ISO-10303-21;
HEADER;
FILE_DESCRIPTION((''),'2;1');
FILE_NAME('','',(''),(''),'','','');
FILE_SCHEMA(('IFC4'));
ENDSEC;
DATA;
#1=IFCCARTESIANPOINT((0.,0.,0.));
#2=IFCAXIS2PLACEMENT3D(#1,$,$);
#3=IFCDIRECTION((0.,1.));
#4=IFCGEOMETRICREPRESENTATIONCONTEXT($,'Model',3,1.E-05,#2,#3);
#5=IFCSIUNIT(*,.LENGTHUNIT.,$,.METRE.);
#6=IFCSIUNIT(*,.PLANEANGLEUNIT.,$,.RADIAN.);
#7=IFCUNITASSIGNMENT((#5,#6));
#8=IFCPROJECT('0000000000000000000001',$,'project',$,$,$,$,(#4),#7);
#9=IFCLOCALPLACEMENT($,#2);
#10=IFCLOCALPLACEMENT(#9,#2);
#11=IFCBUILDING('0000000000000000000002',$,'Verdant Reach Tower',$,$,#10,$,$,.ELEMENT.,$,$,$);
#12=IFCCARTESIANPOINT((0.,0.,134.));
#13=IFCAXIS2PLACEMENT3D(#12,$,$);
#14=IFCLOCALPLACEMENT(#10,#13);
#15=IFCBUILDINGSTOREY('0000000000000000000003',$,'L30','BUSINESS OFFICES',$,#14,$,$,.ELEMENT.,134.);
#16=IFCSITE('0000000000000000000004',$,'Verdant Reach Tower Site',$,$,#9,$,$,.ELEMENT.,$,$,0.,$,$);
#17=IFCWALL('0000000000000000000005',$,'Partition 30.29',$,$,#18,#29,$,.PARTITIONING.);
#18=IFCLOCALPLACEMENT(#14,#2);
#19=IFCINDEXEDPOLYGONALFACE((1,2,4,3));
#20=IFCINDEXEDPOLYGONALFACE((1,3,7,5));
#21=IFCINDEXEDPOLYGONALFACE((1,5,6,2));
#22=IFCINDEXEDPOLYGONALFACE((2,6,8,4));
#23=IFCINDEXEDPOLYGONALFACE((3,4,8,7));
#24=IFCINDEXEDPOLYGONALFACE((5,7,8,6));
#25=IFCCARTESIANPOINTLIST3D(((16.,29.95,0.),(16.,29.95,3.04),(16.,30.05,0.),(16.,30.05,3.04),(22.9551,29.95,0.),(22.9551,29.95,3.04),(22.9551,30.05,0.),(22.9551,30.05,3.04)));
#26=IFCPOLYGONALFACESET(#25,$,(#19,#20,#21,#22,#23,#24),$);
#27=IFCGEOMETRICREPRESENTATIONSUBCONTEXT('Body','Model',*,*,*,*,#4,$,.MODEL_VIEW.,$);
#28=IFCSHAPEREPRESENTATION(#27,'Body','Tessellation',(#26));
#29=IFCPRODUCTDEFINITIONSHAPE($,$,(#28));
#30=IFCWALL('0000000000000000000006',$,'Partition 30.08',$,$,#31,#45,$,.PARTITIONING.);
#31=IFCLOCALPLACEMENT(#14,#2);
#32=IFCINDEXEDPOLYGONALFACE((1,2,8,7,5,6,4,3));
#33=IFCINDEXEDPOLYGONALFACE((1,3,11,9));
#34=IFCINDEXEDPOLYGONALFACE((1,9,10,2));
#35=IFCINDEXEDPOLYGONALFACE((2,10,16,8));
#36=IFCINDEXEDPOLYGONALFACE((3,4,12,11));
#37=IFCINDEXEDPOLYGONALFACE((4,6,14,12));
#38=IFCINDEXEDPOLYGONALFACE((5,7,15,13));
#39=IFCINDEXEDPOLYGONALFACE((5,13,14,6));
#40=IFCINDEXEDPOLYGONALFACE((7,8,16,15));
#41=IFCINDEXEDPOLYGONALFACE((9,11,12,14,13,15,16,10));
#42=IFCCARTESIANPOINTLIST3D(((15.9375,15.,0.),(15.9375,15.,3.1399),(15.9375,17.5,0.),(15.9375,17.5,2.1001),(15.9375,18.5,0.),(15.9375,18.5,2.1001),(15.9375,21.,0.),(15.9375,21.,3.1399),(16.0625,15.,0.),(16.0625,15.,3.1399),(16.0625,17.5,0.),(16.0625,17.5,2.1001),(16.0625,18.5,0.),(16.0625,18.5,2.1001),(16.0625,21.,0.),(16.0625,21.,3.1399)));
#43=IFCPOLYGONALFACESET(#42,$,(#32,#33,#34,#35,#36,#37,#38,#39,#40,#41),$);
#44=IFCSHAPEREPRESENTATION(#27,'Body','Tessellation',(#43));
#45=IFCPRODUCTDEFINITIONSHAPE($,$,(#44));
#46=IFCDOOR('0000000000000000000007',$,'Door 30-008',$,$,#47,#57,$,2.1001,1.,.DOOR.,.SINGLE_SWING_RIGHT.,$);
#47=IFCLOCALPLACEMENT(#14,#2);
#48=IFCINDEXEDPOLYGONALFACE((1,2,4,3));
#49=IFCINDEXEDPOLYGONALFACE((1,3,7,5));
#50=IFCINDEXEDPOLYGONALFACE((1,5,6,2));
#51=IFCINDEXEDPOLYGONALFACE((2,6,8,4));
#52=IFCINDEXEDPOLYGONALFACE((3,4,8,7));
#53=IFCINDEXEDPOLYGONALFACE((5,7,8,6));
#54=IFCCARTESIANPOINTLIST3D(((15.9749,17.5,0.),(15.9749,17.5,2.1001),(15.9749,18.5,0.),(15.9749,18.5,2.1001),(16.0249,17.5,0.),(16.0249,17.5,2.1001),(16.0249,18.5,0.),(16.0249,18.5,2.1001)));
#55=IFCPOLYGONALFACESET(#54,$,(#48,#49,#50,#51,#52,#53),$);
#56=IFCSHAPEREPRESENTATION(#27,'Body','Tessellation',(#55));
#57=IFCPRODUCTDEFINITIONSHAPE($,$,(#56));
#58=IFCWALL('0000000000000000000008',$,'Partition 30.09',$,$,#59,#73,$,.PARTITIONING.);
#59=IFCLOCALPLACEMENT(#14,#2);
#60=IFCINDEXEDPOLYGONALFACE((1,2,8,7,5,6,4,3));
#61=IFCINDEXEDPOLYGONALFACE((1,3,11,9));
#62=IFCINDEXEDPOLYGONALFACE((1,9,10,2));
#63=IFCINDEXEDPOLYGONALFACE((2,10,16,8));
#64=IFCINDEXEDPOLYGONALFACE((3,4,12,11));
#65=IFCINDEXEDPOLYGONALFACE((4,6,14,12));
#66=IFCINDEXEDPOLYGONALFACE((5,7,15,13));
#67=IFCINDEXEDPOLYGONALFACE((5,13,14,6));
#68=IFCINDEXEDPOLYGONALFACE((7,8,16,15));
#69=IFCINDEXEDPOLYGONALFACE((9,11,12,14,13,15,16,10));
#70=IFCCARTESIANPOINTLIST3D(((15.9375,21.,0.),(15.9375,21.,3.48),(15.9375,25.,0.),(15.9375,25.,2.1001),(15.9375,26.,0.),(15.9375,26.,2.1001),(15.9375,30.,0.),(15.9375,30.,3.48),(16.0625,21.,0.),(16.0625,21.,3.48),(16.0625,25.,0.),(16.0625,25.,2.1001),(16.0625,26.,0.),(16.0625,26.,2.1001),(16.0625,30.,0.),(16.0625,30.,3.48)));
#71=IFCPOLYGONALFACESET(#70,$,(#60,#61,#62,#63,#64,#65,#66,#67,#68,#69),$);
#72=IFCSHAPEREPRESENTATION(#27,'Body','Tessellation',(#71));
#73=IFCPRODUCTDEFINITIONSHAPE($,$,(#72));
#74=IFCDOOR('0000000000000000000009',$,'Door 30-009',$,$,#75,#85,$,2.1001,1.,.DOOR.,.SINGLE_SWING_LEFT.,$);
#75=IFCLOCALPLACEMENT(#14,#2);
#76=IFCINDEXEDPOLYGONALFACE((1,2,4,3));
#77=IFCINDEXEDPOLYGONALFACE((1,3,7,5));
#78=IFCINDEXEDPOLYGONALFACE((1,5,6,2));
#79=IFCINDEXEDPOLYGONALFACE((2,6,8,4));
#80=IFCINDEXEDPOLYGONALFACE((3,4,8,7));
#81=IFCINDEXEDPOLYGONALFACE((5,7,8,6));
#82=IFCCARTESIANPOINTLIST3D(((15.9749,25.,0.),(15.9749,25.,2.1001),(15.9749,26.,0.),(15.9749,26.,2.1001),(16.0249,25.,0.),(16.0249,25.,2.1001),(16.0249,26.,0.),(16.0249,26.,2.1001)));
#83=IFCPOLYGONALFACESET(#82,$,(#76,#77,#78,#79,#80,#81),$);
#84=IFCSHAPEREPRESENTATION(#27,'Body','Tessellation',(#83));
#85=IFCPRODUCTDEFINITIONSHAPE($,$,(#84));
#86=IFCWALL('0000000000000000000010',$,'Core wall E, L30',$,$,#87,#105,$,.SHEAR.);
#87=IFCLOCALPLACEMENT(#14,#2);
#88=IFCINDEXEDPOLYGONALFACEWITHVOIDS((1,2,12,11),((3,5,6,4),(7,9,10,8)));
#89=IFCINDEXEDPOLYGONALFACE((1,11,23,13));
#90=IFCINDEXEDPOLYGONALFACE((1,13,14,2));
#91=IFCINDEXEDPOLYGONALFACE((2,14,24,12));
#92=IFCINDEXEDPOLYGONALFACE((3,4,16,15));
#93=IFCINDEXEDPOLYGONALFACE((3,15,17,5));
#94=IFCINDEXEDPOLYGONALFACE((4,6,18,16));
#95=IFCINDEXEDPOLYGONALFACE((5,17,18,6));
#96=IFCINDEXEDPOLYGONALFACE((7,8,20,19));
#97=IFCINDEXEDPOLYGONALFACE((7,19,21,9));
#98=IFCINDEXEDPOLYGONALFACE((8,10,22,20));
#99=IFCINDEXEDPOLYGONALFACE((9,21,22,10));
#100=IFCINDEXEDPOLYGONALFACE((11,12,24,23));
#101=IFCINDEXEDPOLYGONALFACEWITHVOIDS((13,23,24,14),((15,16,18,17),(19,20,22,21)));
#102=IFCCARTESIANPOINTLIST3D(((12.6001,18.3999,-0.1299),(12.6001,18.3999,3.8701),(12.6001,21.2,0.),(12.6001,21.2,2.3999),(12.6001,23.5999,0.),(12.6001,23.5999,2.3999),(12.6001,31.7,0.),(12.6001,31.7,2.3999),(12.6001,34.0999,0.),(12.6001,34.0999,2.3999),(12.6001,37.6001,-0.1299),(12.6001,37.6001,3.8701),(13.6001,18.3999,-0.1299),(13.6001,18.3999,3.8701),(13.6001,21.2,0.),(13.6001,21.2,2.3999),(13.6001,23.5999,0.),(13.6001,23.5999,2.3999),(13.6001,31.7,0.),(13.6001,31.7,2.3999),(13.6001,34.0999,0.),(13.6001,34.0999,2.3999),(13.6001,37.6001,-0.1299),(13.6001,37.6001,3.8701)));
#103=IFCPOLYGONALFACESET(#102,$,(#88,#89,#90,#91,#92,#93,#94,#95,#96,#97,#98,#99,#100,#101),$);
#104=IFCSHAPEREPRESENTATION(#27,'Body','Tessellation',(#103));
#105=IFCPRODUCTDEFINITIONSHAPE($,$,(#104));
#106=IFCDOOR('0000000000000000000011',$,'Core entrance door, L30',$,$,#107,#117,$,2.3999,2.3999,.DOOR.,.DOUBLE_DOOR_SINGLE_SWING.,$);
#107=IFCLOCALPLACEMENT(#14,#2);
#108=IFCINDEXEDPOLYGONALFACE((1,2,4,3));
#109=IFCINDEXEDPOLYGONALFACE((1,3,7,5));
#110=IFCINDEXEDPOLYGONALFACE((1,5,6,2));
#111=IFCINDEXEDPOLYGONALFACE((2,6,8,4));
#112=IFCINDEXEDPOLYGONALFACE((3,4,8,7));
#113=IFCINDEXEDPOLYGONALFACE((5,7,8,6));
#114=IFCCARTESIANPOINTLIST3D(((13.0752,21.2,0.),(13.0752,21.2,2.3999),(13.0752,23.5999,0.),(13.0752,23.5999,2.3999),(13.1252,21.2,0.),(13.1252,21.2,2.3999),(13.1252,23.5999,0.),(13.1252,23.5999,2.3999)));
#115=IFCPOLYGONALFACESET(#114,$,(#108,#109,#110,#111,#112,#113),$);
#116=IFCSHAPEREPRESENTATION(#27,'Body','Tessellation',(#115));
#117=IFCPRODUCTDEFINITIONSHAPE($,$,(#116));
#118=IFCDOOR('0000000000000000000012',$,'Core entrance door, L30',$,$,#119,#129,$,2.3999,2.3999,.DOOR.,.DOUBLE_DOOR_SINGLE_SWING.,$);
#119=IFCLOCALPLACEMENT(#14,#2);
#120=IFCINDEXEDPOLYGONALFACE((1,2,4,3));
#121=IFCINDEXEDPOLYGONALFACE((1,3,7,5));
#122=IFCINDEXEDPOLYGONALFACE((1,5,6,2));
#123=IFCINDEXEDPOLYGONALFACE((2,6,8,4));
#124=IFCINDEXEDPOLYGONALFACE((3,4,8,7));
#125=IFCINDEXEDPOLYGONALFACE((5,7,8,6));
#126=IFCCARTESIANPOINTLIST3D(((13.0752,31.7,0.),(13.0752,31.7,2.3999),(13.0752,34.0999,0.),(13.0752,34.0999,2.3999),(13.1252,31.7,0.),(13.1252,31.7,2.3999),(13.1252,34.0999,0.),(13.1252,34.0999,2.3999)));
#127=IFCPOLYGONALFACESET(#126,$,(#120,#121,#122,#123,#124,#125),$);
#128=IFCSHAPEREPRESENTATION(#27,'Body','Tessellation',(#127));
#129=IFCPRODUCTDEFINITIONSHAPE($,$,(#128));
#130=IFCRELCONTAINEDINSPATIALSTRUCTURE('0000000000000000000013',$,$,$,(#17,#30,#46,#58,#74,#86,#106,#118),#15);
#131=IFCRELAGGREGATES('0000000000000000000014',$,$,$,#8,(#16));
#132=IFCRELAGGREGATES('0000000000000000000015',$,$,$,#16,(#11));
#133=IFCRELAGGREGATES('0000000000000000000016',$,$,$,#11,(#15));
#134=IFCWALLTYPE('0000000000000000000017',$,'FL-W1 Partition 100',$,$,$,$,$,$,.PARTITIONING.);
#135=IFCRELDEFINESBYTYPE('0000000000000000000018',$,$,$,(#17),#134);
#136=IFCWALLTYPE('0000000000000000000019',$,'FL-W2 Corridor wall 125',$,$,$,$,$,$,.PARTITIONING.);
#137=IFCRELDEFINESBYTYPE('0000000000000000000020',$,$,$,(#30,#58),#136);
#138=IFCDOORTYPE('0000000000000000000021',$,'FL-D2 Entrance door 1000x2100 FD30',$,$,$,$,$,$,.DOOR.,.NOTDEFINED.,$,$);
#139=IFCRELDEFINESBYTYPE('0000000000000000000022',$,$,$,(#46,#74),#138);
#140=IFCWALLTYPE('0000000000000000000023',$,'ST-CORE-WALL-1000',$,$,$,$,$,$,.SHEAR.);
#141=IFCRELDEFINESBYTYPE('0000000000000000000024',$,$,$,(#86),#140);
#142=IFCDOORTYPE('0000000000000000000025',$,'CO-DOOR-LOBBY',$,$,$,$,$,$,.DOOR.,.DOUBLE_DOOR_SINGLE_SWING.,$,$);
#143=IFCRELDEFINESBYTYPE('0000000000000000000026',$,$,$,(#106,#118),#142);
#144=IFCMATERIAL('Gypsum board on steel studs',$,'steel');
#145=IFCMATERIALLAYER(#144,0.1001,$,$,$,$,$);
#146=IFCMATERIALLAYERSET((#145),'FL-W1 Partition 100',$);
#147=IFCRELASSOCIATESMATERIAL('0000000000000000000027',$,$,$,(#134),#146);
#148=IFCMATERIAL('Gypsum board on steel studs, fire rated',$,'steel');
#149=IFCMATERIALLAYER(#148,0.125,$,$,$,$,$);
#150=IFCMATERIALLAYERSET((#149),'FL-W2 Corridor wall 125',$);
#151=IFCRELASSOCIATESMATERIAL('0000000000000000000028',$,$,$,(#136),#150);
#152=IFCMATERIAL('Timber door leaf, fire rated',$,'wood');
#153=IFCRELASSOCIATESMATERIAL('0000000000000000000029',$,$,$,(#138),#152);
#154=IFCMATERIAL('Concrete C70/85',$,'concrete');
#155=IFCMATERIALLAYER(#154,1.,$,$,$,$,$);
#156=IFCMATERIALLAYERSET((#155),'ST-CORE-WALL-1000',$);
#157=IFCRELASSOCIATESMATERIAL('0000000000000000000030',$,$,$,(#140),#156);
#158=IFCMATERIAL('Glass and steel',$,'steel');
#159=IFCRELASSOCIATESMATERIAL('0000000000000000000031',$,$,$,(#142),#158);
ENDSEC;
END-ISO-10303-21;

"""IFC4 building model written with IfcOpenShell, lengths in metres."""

from ifc_helpers import new_model, si_unit, direction, frame, frame_2d, origin, place, context, subcontext, project, spatial, rectangle, extrude, material, layer, layer_set, type_object, element, fill, save


model = new_model("IFC4")

# Units and contexts
model_context = context("Model", 3, precision=1e-05, world=origin(), true_north=direction((0.0, 1.0)))
body_context = subcontext(model_context, "Body", "Model", "MODEL_VIEW")
ifc_project = project(units=[si_unit("LENGTHUNIT", "METRE"), si_unit("PLANEANGLEUNIT", "RADIAN")], contexts=[model_context])

# Site, building, storey
site_placement = place(None, origin())
site = spatial("IfcSite", under=ifc_project, at=site_placement, Name="Verdant Reach Tower Site", CompositionType="ELEMENT", RefElevation=0.0)
building_placement = place(site_placement, origin())
building = spatial("IfcBuilding", under=site, at=building_placement, Name="Verdant Reach Tower", CompositionType="ELEMENT")
storey_placement = place(building_placement, frame((0.0, 0.0, 134.0)))
storey = spatial("IfcBuildingStorey", under=building, at=storey_placement, Name="L30", Description="BUSINESS OFFICES", CompositionType="ELEMENT", Elevation=134.0)

# Wall
ifc_material_1 = material(Name="Gypsum board on steel studs", Category="steel")
ifc_layer_1 = layer(ifc_material_1, 0.1001)
ifc_layer_set_1 = layer_set([ifc_layer_1], Name="FL-W1 Partition 100")
wall_type_1 = type_object("IfcWallType", Name="FL-W1 Partition 100", PredefinedType="PARTITIONING", material=ifc_layer_set_1)
wall_1_placement = place(storey_placement, frame((22.9551, 30.0, 0.0), z_axis=(0.0, 0.0, 1.0), x_axis=(-1.0, 0.0, 0.0)))
element("IfcWall", 1, at=wall_1_placement, inside=storey, type_object=wall_type_1, Name="Partition 30.29", PredefinedType="PARTITIONING", context=body_context, shape_type="SweptSolid", body=[
    extrude(rectangle(XDim=6.9551, YDim=0.1001, at=frame_2d((3.4775, 0.0))), origin(), (0.0, 0.0, 1.0), 3.04),
])

# Walls, openings, doors
ifc_material_2 = material(Name="Gypsum board on steel studs, fire rated", Category="steel")
ifc_layer_2 = layer(ifc_material_2, 0.125)
ifc_layer_set_2 = layer_set([ifc_layer_2], Name="FL-W2 Corridor wall 125")
wall_type_2 = type_object("IfcWallType", Name="FL-W2 Corridor wall 125", PredefinedType="PARTITIONING", material=ifc_layer_set_2)
wall_2_placement = place(storey_placement, frame((16.0, 21.0, 0.0), z_axis=(0.0, 0.0, 1.0), x_axis=(0.0, -1.0, 0.0)))
wall_2 = element("IfcWall", 2, at=wall_2_placement, inside=storey, type_object=wall_type_2, Name="Partition 30.08", PredefinedType="PARTITIONING", context=body_context, shape_type="SweptSolid", body=[
    extrude(rectangle(XDim=6.0, YDim=0.125, at=frame_2d((3.0, 0.0))), origin(), (0.0, 0.0, 1.0), 3.1399),
])
opening_1_placement = place(wall_2_placement, frame((2.5, 0.0, 0.0)))
opening_1 = element("IfcOpeningElement", 3, at=opening_1_placement, cuts=wall_2, PredefinedType="OPENING", context=body_context, shape_type="SweptSolid", body=[
    extrude(rectangle(XDim=1.0, YDim=2.1001, at=frame_2d((0.5, 1.05))), frame((0.0, 0.0725, 0.0), z_axis=(0.0, -1.0, 0.0), x_axis=(1.0, 0.0, 0.0)), (0.0, 0.0, 1.0), 0.145),
])
ifc_material_3 = material(Name="Timber door leaf, fire rated", Category="wood")
door_type_1 = type_object("IfcDoorType", Name="FL-D2 Entrance door 1000x2100 FD30", OperationType="NOTDEFINED", PredefinedType="DOOR", material=ifc_material_3)
door_1_placement = place(opening_1_placement, origin())
door_1 = element("IfcDoor", 4, at=door_1_placement, inside=storey, type_object=door_type_1, Name="Door 30-008", OperationType="SINGLE_SWING_RIGHT", OverallHeight=2.1001, OverallWidth=1.0, PredefinedType="DOOR", context=body_context, shape_type="SweptSolid", body=[
    extrude(rectangle(XDim=1.0, YDim=2.1001, at=frame_2d((0.5, 1.05))), frame((0.0, 0.0249, 0.0), z_axis=(0.0, -1.0, 0.0), x_axis=(1.0, 0.0, 0.0)), (0.0, 0.0, 1.0), 0.05),
])
fill(opening_1, door_1)
wall_3_placement = place(storey_placement, frame((16.0, 30.0, 0.0), z_axis=(0.0, 0.0, 1.0), x_axis=(0.0, -1.0, 0.0)))
wall_3 = element("IfcWall", 5, at=wall_3_placement, inside=storey, type_object=wall_type_2, Name="Partition 30.09", PredefinedType="PARTITIONING", context=body_context, shape_type="SweptSolid", body=[
    extrude(rectangle(XDim=9.0, YDim=0.125, at=frame_2d((4.5, 0.0))), origin(), (0.0, 0.0, 1.0), 3.48),
])
opening_2_placement = place(wall_3_placement, frame((4.0, 0.0, 0.0)))
opening_2 = element("IfcOpeningElement", 6, at=opening_2_placement, cuts=wall_3, PredefinedType="OPENING", context=body_context, shape_type="SweptSolid", body=[
    extrude(rectangle(XDim=1.0, YDim=2.1001, at=frame_2d((0.5, 1.05))), frame((0.0, 0.0725, 0.0), z_axis=(0.0, -1.0, 0.0), x_axis=(1.0, 0.0, 0.0)), (0.0, 0.0, 1.0), 0.145),
])
door_2_placement = place(opening_2_placement, origin())
door_2 = element("IfcDoor", 7, at=door_2_placement, inside=storey, type_object=door_type_1, Name="Door 30-009", OperationType="SINGLE_SWING_LEFT", OverallHeight=2.1001, OverallWidth=1.0, PredefinedType="DOOR", context=body_context, shape_type="SweptSolid", body=[
    extrude(rectangle(XDim=1.0, YDim=2.1001, at=frame_2d((0.5, 1.05))), frame((0.0, 0.0249, 0.0), z_axis=(0.0, -1.0, 0.0), x_axis=(1.0, 0.0, 0.0)), (0.0, 0.0, 1.0), 0.05),
])
fill(opening_2, door_2)

# Wall, openings, doors
ifc_material_4 = material(Name="Concrete C70/85", Category="concrete")
ifc_layer_3 = layer(ifc_material_4, 1.0)
ifc_layer_set_3 = layer_set([ifc_layer_3], Name="ST-CORE-WALL-1000")
wall_type_3 = type_object("IfcWallType", Name="ST-CORE-WALL-1000", PredefinedType="SHEAR", material=ifc_layer_set_3)
wall_4_placement = place(storey_placement, frame((13.1001, 18.3999, -0.1299), z_axis=(0.0, 0.0, 1.0), x_axis=(0.0, 1.0, 0.0)))
wall_4 = element("IfcWall", 8, at=wall_4_placement, inside=storey, type_object=wall_type_3, Name="Core wall E, L30", PredefinedType="SHEAR", context=body_context, shape_type="SweptSolid", body=[
    extrude(rectangle(XDim=19.2002, YDim=1.0, at=frame_2d((9.6001, 0.0))), origin(), (0.0, 0.0, 1.0), 4.0),
])
opening_3_placement = place(wall_4_placement, frame((2.8, 0.0, 0.1299)))
opening_3 = element("IfcOpeningElement", 9, at=opening_3_placement, cuts=wall_4, PredefinedType="OPENING", context=body_context, shape_type="SweptSolid", body=[
    extrude(rectangle(XDim=2.3999, YDim=2.3999, at=frame_2d((1.2, 1.2))), frame((0.0, 0.51, 0.0), z_axis=(0.0, -1.0, 0.0), x_axis=(1.0, 0.0, 0.0)), (0.0, 0.0, 1.0), 1.02),
])
opening_4_placement = place(wall_4_placement, frame((13.3, 0.0, 0.1299)))
opening_4 = element("IfcOpeningElement", 10, at=opening_4_placement, cuts=wall_4, PredefinedType="OPENING", context=body_context, shape_type="SweptSolid", body=[
    extrude(rectangle(XDim=2.3999, YDim=2.3999, at=frame_2d((1.2, 1.2))), frame((0.0, 0.51, 0.0), z_axis=(0.0, -1.0, 0.0), x_axis=(1.0, 0.0, 0.0)), (0.0, 0.0, 1.0), 1.02),
])
ifc_material_5 = material(Name="Glass and steel", Category="steel")
door_type_2 = type_object("IfcDoorType", Name="CO-DOOR-LOBBY", OperationType="DOUBLE_DOOR_SINGLE_SWING", PredefinedType="DOOR", material=ifc_material_5)
door_3_placement = place(opening_3_placement, origin())
door_3 = element("IfcDoor", 11, at=door_3_placement, inside=storey, type_object=door_type_2, Name="Core entrance door, L30", OperationType="DOUBLE_DOOR_SINGLE_SWING", OverallHeight=2.3999, OverallWidth=2.3999, PredefinedType="DOOR", context=body_context, shape_type="SweptSolid", body=[
    extrude(rectangle(XDim=2.3999, YDim=2.3999, at=frame_2d((1.2, 1.2))), frame((0.0, 0.0249, 0.0), z_axis=(0.0, -1.0, 0.0), x_axis=(1.0, 0.0, 0.0)), (0.0, 0.0, 1.0), 0.05),
])
fill(opening_3, door_3)
door_4_placement = place(opening_4_placement, origin())
door_4 = element("IfcDoor", 12, at=door_4_placement, inside=storey, type_object=door_type_2, Name="Core entrance door, L30", OperationType="DOUBLE_DOOR_SINGLE_SWING", OverallHeight=2.3999, OverallWidth=2.3999, PredefinedType="DOOR", context=body_context, shape_type="SweptSolid", body=[
    extrude(rectangle(XDim=2.3999, YDim=2.3999, at=frame_2d((1.2, 1.2))), frame((0.0, 0.0249, 0.0), z_axis=(0.0, -1.0, 0.0), x_axis=(1.0, 0.0, 0.0)), (0.0, 0.0, 1.0), 0.05),
])
fill(opening_4, door_4)

save(model, "model.ifc")
